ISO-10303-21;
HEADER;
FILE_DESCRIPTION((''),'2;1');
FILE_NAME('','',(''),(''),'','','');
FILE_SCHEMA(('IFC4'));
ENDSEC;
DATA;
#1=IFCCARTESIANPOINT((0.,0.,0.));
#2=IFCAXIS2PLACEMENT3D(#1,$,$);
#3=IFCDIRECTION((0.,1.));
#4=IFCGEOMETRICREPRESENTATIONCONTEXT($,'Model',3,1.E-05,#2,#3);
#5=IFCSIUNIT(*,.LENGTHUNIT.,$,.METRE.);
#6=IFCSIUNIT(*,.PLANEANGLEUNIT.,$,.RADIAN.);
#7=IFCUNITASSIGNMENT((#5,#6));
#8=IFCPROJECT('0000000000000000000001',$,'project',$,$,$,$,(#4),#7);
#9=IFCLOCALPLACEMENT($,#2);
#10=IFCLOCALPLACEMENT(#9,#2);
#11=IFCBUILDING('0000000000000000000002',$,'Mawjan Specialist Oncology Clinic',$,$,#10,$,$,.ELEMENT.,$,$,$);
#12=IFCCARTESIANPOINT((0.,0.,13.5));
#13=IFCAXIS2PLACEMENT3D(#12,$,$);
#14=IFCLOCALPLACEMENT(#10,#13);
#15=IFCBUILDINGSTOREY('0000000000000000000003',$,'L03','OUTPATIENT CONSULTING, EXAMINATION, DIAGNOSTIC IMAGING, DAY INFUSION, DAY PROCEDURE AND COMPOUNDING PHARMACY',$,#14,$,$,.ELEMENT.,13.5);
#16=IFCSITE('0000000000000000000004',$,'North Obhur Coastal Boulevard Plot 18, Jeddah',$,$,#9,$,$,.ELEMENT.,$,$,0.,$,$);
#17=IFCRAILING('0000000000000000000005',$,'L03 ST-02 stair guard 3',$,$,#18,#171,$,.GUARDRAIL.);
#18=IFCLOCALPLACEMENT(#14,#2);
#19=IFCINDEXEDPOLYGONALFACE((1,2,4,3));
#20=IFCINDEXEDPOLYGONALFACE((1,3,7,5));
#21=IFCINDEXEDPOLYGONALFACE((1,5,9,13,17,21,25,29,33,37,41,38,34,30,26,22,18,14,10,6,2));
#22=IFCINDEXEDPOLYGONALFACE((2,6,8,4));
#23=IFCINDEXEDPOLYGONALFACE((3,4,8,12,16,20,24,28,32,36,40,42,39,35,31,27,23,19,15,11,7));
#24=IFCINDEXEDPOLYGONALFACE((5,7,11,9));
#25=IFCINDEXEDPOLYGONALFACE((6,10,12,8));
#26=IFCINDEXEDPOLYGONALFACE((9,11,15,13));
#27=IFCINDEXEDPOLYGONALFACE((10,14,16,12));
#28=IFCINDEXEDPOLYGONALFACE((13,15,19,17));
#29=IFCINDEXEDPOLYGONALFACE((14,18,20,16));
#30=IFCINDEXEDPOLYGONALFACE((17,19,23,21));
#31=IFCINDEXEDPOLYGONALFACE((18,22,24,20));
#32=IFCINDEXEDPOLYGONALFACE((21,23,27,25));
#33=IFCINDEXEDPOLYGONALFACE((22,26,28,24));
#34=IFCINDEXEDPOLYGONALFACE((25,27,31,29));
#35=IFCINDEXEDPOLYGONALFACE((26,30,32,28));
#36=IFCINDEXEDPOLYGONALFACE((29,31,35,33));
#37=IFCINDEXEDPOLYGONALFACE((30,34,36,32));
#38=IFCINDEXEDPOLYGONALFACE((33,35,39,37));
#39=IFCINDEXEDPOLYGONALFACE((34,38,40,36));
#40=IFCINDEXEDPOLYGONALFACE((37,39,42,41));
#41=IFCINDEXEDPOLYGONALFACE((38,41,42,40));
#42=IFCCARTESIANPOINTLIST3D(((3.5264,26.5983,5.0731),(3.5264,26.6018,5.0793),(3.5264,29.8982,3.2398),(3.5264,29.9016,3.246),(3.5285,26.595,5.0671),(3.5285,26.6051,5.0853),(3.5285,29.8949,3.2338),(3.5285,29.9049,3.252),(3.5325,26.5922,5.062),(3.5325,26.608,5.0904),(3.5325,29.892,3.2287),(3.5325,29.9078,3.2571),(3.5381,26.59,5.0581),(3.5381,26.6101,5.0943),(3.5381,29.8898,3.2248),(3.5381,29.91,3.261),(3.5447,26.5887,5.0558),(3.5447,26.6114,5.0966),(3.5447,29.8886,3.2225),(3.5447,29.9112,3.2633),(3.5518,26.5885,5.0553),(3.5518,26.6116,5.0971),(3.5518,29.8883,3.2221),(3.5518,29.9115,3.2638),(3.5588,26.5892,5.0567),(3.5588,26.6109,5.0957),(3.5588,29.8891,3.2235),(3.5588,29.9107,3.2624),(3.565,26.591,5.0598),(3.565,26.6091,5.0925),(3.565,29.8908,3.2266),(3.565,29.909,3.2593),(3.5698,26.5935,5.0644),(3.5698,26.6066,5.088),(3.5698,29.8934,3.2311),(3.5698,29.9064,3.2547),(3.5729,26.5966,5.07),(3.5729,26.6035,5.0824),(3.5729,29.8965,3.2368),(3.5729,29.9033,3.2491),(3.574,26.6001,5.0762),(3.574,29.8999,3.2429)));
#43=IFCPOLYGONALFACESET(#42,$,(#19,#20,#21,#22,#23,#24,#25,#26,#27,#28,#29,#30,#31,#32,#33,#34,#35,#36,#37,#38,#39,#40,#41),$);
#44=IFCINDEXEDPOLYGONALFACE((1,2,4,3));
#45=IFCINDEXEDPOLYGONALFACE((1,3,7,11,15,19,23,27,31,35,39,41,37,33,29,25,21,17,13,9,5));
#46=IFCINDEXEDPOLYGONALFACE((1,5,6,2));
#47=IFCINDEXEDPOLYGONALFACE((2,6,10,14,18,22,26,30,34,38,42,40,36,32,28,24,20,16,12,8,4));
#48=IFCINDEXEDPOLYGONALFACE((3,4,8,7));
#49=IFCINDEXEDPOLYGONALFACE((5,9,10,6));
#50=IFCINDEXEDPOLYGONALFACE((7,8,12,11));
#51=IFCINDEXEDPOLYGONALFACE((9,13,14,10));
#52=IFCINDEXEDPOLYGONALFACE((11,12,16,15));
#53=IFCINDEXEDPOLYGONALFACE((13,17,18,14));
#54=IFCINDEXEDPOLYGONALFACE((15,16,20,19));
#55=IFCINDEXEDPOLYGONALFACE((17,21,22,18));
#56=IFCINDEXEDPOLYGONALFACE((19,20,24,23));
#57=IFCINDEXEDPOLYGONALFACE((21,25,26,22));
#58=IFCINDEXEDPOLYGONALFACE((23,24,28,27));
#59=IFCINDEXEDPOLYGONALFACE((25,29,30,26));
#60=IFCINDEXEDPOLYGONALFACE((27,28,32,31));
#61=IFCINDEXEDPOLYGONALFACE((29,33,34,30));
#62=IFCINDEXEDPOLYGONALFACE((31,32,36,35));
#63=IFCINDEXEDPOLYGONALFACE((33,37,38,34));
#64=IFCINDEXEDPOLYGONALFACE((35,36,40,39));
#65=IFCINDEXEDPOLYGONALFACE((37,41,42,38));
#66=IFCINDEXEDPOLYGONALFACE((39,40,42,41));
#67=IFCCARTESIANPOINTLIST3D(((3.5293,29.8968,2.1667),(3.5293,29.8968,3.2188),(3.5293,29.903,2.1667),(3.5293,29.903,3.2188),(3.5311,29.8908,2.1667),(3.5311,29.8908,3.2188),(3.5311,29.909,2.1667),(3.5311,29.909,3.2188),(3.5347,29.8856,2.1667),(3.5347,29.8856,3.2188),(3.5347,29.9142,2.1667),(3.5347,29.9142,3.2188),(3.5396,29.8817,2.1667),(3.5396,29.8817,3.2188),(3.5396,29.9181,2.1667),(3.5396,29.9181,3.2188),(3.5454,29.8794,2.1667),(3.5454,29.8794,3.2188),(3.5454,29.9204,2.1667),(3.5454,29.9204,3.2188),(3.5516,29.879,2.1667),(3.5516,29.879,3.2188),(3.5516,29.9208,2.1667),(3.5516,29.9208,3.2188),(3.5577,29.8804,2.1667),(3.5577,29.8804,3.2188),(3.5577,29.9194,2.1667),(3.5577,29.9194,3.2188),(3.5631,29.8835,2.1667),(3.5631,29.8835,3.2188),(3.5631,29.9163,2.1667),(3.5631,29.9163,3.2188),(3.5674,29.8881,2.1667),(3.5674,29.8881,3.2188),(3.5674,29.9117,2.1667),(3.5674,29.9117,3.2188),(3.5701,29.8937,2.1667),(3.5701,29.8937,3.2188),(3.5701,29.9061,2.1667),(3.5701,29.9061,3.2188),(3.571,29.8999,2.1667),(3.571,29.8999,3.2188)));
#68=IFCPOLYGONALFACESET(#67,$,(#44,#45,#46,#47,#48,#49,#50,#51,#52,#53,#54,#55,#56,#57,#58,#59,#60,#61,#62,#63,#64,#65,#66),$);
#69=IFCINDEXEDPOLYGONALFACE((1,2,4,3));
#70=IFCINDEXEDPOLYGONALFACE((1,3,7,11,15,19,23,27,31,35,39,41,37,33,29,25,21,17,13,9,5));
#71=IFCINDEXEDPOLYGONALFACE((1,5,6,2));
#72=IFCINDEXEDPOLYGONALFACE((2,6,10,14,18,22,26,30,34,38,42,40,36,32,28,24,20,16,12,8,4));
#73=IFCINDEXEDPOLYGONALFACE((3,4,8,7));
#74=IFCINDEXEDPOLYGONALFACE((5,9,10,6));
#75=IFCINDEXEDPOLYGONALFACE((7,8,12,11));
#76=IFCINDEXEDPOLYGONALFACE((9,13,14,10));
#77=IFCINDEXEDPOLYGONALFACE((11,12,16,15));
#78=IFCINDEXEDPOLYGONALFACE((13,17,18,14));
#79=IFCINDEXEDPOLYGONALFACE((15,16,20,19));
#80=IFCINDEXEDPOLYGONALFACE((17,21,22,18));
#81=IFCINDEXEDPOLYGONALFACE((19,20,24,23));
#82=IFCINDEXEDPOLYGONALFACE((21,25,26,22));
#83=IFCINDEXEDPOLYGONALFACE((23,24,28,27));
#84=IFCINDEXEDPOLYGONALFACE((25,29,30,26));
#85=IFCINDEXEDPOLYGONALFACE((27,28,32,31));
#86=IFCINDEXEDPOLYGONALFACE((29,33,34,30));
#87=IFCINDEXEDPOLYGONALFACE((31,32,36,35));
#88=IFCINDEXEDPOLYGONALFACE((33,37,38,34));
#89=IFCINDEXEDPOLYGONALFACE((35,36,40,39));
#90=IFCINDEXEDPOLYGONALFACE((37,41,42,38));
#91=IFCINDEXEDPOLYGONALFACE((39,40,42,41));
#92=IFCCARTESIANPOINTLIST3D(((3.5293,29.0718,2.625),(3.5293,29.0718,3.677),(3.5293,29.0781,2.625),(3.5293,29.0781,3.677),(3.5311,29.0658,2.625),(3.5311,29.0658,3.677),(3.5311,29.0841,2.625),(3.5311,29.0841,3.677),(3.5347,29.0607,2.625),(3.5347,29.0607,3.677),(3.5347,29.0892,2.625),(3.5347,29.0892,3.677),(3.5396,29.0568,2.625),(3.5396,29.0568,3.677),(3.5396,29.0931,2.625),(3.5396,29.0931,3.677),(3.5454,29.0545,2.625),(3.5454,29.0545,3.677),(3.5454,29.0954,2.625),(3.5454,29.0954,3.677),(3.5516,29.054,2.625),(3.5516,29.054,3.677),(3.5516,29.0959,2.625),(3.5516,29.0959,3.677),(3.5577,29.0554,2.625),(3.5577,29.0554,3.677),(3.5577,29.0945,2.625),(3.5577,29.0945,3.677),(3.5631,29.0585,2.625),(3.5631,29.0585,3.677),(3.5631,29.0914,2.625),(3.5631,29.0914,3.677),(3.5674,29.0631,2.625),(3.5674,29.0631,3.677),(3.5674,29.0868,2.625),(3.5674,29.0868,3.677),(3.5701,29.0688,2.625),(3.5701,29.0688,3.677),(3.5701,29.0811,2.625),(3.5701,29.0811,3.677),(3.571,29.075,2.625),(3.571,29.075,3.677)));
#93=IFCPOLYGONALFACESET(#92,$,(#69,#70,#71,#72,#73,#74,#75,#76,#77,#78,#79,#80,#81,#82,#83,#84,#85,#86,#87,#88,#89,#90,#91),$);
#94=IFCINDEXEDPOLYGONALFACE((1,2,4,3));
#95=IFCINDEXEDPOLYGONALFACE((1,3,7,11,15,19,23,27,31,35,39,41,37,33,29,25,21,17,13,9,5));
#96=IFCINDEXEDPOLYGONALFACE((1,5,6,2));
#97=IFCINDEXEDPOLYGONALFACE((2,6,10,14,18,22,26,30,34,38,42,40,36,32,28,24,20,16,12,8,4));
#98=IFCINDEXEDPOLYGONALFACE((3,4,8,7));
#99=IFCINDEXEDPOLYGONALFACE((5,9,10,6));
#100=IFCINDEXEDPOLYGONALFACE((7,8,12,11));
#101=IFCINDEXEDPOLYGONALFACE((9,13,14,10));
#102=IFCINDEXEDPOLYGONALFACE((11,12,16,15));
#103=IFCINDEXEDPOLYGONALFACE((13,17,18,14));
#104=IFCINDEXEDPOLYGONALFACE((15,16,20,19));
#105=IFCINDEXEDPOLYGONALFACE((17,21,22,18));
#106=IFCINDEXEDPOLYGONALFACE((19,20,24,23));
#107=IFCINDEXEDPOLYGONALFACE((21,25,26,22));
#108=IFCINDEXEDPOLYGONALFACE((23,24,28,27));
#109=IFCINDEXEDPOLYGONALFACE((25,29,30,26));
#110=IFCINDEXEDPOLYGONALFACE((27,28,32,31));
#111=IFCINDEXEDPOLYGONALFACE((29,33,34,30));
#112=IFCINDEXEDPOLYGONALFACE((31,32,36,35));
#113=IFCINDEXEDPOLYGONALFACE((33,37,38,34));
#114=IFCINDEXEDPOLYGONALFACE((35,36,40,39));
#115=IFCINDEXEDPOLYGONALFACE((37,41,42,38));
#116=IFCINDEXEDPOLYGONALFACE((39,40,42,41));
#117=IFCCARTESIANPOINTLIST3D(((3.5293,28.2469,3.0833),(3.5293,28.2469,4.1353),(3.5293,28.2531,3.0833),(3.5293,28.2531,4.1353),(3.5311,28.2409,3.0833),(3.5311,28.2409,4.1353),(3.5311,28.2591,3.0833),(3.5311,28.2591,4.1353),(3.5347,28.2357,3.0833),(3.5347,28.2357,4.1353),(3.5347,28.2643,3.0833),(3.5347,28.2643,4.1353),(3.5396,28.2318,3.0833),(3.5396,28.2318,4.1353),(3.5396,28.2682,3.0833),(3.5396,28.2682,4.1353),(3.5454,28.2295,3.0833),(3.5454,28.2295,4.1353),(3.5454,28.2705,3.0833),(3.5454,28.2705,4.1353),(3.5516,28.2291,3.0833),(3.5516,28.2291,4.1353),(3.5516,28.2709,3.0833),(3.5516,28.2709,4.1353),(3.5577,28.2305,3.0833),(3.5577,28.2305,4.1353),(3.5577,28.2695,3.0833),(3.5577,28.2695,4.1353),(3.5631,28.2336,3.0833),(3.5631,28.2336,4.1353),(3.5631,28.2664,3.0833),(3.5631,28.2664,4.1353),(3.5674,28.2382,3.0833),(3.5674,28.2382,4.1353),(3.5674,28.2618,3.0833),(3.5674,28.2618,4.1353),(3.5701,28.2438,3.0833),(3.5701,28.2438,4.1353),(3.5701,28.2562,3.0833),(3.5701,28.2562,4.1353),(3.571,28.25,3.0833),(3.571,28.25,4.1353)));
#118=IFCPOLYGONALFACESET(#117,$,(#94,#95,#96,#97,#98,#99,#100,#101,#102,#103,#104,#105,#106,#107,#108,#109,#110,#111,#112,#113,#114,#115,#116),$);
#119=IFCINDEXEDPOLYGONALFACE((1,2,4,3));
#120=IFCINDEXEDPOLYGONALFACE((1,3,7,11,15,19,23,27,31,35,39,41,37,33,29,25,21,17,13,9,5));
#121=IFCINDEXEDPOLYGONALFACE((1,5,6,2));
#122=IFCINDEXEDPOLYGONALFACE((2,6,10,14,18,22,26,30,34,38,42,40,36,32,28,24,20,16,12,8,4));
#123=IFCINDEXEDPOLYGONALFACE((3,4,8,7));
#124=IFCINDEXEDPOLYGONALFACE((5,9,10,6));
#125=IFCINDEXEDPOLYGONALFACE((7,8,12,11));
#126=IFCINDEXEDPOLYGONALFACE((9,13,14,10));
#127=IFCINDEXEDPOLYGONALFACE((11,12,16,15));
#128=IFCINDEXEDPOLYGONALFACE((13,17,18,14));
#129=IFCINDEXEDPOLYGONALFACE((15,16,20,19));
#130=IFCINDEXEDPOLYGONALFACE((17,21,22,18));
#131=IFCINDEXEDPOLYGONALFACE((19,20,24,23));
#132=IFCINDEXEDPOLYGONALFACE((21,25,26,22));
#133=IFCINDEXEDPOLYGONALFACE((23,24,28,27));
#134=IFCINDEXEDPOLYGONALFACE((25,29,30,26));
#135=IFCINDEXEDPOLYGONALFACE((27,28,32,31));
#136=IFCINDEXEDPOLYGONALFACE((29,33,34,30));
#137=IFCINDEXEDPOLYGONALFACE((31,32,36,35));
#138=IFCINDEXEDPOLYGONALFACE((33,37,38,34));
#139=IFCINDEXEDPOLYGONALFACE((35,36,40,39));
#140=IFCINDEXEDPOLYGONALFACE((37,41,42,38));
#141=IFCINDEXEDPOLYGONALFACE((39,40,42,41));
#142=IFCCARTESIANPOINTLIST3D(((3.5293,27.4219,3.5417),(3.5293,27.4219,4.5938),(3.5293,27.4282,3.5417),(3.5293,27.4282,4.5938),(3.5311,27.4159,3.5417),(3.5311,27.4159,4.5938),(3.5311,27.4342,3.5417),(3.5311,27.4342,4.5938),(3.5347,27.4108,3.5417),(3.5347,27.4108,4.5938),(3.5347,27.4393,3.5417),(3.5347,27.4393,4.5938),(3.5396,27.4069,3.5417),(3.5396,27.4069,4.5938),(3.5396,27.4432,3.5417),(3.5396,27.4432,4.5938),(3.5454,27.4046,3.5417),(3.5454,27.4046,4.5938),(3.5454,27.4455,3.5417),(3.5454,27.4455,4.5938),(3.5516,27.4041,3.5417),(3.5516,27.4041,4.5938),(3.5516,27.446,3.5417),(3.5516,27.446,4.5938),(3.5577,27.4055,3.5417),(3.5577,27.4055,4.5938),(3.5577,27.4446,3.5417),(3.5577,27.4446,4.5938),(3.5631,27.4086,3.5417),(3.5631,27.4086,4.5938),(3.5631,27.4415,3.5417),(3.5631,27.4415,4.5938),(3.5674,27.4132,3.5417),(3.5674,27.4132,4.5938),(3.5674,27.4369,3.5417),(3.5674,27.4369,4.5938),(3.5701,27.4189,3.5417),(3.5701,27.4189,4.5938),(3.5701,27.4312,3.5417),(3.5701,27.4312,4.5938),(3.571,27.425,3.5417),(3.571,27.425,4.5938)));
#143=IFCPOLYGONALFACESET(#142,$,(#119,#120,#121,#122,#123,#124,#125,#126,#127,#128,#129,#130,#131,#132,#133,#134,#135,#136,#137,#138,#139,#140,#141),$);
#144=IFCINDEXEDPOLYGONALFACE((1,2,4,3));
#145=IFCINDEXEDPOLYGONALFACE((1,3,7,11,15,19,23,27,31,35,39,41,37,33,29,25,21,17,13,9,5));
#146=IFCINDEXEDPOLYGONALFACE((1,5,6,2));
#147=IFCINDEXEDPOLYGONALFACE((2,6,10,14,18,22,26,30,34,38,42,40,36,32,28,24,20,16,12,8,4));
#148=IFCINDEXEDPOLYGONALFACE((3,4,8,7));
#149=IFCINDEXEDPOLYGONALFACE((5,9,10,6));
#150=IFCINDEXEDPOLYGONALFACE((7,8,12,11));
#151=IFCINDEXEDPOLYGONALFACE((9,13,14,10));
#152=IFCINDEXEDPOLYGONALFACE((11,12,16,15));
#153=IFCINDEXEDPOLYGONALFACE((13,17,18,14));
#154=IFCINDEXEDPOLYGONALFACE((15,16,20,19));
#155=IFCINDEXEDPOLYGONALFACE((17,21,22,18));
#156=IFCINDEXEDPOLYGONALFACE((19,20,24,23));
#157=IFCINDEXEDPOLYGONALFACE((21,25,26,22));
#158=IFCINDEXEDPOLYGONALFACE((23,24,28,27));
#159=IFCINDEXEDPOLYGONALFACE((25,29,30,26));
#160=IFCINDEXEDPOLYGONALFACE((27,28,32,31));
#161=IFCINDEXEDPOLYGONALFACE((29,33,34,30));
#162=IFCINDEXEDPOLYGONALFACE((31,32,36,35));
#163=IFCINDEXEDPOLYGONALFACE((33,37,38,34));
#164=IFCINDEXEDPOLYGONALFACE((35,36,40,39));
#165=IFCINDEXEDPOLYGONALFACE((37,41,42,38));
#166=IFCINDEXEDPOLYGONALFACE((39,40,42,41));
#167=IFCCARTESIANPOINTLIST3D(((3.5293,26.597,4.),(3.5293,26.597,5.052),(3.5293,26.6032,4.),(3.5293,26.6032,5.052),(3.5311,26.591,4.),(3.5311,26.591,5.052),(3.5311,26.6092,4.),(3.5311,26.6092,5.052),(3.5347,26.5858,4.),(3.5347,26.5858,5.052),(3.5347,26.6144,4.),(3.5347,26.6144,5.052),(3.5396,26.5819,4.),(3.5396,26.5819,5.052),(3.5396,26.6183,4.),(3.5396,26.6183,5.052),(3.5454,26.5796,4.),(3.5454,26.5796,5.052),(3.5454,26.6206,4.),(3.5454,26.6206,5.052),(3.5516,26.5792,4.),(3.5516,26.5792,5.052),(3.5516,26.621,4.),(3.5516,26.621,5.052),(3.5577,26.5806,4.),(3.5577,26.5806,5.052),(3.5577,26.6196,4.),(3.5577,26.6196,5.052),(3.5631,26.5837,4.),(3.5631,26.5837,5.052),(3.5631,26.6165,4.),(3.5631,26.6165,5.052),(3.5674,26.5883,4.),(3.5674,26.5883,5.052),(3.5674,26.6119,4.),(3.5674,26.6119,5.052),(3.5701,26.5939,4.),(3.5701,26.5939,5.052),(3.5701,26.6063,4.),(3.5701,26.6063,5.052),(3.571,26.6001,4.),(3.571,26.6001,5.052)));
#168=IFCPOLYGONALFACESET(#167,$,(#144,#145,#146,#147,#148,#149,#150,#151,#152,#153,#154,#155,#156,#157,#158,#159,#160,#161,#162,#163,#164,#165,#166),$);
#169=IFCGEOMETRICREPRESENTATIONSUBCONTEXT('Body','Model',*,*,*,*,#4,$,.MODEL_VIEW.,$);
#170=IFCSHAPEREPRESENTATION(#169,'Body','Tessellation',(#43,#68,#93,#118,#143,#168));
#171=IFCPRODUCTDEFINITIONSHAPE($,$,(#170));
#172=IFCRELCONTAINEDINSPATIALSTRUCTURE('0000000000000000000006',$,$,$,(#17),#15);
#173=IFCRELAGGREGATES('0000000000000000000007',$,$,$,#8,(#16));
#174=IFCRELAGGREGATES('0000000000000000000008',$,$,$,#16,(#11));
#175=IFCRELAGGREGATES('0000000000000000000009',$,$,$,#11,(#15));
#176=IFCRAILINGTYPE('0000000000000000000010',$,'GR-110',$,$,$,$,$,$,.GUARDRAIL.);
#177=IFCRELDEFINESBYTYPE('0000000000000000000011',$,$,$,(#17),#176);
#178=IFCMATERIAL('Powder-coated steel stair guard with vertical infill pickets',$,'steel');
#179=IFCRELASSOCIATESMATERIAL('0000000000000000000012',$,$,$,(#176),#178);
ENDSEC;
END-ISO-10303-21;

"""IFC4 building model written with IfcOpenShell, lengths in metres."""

from ifc_helpers import new_model, si_unit, direction, frame, origin, origin_2d, place, context, subcontext, project, spatial, circle, extrude, material, type_object, element, save


model = new_model("IFC4")

# Units and contexts
model_context = context("Model", 3, precision=1e-05, world=origin(), true_north=direction((0.0, 1.0)))
body_context = subcontext(model_context, "Body", "Model", "MODEL_VIEW")
ifc_project = project(units=[si_unit("LENGTHUNIT", "METRE"), si_unit("PLANEANGLEUNIT", "RADIAN")], contexts=[model_context])

# Site, building, storey
site_placement = place(None, origin())
site = spatial("IfcSite", under=ifc_project, at=site_placement, Name="North Obhur Coastal Boulevard Plot 18, Jeddah", CompositionType="ELEMENT", RefElevation=0.0)
building_placement = place(site_placement, origin())
building = spatial("IfcBuilding", under=site, at=building_placement, Name="Mawjan Specialist Oncology Clinic", CompositionType="ELEMENT")
storey_placement = place(building_placement, frame((0.0, 0.0, 13.5)))
storey = spatial("IfcBuildingStorey", under=building, at=storey_placement, Name="L03", Description="OUTPATIENT CONSULTING, EXAMINATION, DIAGNOSTIC IMAGING, DAY INFUSION, DAY PROCEDURE AND COMPOUNDING PHARMACY", CompositionType="ELEMENT", Elevation=13.5)

# Railing
ifc_material_1 = material(Name="Powder-coated steel stair guard with vertical infill pickets", Category="steel")
railing_type_1 = type_object("IfcRailingType", Name="GR-110", PredefinedType="GUARDRAIL", material=ifc_material_1)
railing_1_placement = place(storey_placement, frame((3.55, 29.8999, 2.1667)))
element("IfcRailing", 1, at=railing_1_placement, inside=storey, type_object=railing_type_1, Name="L03 ST-02 stair guard 3", PredefinedType="GUARDRAIL", context=body_context, shape_type="SweptSolid", body=[
    extrude(circle(Radius=0.0239, at=origin_2d()), frame((0.0, 0.0, 1.0762), z_axis=(0.0, -0.874154, 0.485648), x_axis=(1.0, 0.0, 0.0)), (0.0, 0.0, 1.0), 3.7749),
    extrude(circle(Radius=0.021, at=origin_2d()), origin(), (0.0, 0.0, 1.0), 1.052),
    extrude(circle(Radius=0.021, at=origin_2d()), frame((0.0, -0.825, 0.4583)), (0.0, 0.0, 1.0), 1.052),
    extrude(circle(Radius=0.021, at=origin_2d()), frame((0.0, -1.6499, 0.9165)), (0.0, 0.0, 1.0), 1.052),
    extrude(circle(Radius=0.021, at=origin_2d()), frame((0.0, -2.4749, 1.375)), (0.0, 0.0, 1.0), 1.052),
    extrude(circle(Radius=0.021, at=origin_2d()), frame((0.0, -3.2998, 1.8333)), (0.0, 0.0, 1.0), 1.052),
])

save(model, "model.ifc")
